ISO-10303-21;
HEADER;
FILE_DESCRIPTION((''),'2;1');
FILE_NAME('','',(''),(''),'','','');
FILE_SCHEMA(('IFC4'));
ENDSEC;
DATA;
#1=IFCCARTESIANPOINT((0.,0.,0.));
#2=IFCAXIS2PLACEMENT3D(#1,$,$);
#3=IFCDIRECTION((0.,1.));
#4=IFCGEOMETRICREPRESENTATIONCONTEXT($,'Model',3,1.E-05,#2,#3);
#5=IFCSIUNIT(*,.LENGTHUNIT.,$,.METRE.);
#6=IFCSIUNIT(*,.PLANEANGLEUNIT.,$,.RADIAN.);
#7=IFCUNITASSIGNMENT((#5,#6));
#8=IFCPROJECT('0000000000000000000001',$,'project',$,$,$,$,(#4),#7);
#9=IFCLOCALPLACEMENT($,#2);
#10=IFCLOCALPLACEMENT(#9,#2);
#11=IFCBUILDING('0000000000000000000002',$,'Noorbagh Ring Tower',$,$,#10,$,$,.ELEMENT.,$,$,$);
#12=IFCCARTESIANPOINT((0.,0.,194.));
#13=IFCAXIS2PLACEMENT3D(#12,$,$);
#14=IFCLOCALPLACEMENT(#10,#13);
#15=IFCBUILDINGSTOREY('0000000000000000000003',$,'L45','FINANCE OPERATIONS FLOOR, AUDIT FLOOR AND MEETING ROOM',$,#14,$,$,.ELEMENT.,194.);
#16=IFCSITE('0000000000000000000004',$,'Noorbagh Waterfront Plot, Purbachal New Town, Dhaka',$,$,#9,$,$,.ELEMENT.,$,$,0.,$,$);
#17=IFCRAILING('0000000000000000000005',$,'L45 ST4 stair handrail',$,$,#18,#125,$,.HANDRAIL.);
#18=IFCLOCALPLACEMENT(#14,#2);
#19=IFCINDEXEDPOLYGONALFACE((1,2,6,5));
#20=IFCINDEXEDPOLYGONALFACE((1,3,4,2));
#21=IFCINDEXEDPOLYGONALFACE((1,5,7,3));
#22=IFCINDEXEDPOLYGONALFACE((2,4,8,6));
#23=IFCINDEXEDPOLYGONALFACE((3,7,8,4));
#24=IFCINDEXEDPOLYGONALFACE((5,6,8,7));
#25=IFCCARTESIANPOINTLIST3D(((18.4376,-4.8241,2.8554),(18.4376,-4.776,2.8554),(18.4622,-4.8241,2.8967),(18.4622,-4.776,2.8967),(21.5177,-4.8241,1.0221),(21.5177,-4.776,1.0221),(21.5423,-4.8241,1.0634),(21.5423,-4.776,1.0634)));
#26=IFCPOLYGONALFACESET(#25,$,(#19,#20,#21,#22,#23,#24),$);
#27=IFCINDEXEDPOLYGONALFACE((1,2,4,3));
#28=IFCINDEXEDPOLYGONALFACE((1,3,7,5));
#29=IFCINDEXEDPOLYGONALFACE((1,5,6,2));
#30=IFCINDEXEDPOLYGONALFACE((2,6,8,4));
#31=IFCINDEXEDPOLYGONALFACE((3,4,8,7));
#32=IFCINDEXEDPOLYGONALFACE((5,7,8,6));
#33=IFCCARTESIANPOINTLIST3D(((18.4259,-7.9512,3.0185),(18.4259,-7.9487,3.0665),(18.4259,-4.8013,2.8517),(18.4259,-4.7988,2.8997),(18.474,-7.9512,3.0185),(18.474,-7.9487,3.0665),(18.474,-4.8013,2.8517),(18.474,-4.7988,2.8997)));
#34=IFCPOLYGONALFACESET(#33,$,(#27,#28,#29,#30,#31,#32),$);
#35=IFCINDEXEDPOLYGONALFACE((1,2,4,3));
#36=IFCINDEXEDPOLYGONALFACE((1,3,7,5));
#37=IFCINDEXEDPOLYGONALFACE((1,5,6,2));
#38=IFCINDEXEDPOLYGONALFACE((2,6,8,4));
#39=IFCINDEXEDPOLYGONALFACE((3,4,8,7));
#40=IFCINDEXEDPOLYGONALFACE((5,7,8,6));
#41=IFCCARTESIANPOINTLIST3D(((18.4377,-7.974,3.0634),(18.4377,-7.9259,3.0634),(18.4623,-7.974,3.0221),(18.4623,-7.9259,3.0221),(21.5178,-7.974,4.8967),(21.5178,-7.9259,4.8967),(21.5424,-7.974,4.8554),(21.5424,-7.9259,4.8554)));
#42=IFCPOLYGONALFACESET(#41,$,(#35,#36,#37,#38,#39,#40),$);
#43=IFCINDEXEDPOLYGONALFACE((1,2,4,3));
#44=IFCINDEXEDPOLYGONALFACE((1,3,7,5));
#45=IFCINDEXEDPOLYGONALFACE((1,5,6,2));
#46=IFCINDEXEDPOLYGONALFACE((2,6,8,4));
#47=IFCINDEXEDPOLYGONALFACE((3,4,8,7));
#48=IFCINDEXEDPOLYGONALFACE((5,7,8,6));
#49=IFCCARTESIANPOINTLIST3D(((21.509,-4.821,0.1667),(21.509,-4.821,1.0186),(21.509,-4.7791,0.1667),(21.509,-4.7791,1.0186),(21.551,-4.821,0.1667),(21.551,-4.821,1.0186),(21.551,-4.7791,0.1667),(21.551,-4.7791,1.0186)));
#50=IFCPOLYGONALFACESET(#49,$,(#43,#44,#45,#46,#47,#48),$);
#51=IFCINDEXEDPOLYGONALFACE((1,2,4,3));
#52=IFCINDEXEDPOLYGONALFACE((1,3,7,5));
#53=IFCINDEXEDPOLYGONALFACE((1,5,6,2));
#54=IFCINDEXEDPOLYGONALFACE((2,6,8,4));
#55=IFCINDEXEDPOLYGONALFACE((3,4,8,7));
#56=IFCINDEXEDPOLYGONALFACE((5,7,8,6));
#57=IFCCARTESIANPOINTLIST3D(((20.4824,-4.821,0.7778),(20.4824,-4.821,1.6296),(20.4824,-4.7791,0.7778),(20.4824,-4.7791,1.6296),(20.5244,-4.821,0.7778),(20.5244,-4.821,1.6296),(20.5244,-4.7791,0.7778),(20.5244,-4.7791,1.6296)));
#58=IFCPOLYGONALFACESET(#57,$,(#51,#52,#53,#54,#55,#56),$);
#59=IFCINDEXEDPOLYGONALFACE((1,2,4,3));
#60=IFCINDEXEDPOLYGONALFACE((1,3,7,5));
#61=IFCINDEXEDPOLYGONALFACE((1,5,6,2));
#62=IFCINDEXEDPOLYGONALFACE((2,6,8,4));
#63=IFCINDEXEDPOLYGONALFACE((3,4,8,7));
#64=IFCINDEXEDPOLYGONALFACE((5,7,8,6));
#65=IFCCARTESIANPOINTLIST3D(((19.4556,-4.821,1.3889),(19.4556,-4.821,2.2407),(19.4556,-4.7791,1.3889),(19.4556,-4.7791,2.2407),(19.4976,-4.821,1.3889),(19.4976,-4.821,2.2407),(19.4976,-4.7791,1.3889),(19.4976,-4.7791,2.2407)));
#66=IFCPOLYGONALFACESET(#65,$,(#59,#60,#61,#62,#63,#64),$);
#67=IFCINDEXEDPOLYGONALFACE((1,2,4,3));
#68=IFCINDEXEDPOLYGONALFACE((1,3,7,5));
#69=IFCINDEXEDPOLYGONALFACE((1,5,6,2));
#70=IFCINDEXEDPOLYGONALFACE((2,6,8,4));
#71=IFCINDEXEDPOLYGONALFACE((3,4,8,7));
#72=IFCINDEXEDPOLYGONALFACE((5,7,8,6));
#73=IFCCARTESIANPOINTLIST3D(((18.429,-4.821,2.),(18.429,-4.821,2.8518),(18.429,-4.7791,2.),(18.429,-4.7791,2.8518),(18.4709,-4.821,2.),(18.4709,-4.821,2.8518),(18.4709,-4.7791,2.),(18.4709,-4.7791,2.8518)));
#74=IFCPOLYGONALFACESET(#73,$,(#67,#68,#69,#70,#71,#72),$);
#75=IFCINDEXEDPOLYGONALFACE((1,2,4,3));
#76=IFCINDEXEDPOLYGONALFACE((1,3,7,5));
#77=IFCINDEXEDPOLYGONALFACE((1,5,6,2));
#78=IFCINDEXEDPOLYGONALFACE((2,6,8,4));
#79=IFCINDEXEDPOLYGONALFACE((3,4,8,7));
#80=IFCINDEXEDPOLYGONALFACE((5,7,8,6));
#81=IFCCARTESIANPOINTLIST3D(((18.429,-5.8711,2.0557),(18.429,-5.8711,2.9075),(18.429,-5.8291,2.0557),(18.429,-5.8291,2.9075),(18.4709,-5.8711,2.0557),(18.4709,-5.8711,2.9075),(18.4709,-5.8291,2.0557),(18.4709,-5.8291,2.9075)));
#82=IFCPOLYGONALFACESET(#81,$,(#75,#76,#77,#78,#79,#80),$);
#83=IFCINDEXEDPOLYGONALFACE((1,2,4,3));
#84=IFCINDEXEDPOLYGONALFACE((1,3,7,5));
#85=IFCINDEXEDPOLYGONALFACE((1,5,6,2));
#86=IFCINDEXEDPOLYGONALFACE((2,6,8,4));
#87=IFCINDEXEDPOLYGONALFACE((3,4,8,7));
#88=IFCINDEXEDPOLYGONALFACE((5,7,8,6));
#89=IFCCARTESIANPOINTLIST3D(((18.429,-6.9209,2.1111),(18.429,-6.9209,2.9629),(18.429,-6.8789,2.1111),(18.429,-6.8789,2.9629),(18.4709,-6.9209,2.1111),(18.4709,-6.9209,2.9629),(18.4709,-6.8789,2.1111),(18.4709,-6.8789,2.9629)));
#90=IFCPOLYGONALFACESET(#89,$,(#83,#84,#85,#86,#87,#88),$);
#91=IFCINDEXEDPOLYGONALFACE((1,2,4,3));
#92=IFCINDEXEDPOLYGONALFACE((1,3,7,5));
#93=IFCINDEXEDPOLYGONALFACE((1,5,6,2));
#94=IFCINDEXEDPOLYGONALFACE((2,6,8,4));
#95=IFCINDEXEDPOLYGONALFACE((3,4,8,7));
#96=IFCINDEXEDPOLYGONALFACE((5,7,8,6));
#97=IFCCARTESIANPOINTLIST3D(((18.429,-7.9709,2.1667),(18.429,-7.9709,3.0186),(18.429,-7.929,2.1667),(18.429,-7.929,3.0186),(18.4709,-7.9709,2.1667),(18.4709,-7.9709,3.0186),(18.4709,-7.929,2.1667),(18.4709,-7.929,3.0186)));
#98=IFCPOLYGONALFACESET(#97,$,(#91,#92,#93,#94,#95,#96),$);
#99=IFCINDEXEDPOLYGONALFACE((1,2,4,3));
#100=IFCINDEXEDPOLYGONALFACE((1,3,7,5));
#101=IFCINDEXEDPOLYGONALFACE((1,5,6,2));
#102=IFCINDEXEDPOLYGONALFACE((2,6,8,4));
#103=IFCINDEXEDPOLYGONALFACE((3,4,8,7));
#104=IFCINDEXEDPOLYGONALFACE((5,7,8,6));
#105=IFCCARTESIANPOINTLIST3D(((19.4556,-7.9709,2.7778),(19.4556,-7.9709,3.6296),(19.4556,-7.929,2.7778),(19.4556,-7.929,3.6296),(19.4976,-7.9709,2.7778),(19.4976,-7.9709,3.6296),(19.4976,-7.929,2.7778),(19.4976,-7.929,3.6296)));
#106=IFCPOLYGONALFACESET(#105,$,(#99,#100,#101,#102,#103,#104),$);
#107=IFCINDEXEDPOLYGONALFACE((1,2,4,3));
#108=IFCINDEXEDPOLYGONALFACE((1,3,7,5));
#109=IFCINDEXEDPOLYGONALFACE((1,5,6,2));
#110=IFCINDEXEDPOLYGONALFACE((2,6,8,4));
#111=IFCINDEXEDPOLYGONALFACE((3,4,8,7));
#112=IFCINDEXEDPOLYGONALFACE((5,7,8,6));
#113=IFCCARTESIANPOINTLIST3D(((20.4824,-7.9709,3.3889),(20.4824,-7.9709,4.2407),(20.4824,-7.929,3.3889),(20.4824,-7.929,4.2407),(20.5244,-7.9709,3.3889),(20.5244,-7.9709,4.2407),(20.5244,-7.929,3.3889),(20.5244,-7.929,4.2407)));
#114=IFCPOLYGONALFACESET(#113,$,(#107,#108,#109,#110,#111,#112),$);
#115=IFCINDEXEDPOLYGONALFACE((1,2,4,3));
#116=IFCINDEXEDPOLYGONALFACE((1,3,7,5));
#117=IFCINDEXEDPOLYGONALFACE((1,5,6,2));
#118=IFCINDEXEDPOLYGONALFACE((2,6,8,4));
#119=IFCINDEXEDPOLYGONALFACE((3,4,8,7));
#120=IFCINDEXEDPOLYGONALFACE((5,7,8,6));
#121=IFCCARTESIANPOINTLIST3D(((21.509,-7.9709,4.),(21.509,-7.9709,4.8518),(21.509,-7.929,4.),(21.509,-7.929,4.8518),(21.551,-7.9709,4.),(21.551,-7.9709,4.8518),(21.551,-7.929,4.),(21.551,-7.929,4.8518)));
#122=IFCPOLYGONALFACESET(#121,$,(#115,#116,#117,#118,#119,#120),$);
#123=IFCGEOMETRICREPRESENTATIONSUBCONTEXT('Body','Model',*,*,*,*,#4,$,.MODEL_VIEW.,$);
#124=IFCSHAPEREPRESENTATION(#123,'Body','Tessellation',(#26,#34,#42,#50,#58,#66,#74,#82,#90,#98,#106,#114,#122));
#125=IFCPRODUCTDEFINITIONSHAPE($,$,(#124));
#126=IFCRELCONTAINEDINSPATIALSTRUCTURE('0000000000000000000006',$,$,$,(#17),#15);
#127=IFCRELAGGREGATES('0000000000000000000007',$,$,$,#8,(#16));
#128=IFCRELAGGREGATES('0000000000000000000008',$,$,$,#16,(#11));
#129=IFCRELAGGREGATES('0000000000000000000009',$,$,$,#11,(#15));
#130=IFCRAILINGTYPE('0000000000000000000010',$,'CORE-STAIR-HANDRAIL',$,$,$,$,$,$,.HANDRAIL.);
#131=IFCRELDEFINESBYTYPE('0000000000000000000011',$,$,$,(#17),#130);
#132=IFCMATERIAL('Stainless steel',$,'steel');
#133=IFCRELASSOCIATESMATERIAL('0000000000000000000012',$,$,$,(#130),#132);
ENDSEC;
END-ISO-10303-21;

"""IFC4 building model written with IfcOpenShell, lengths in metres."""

from ifc_helpers import new_model, si_unit, direction, frame, origin, origin_2d, place, context, subcontext, project, spatial, rectangle, extrude, material, type_object, element, save


model = new_model("IFC4")

# Units and contexts
model_context = context("Model", 3, precision=1e-05, world=origin(), true_north=direction((0.0, 1.0)))
body_context = subcontext(model_context, "Body", "Model", "MODEL_VIEW")
ifc_project = project(units=[si_unit("LENGTHUNIT", "METRE"), si_unit("PLANEANGLEUNIT", "RADIAN")], contexts=[model_context])

# Site, building, storey
site_placement = place(None, origin())
site = spatial("IfcSite", under=ifc_project, at=site_placement, Name="Noorbagh Waterfront Plot, Purbachal New Town, Dhaka", CompositionType="ELEMENT", RefElevation=0.0)
building_placement = place(site_placement, origin())
building = spatial("IfcBuilding", under=site, at=building_placement, Name="Noorbagh Ring Tower", CompositionType="ELEMENT")
storey_placement = place(building_placement, frame((0.0, 0.0, 194.0)))
storey = spatial("IfcBuildingStorey", under=building, at=storey_placement, Name="L45", Description="FINANCE OPERATIONS FLOOR, AUDIT FLOOR AND MEETING ROOM", CompositionType="ELEMENT", Elevation=194.0)

# Railing
ifc_material_1 = material(Name="Stainless steel", Category="steel")
railing_type_1 = type_object("IfcRailingType", Name="CORE-STAIR-HANDRAIL", PredefinedType="HANDRAIL", material=ifc_material_1)
railing_1_placement = place(storey_placement, frame((21.53, -4.8, 0.1667)))
element("IfcRailing", 1, at=railing_1_placement, inside=storey, type_object=railing_type_1, Name="L45 ST4 stair handrail", PredefinedType="HANDRAIL", context=body_context, shape_type="SweptSolid", body=[
    extrude(rectangle(XDim=0.0481, YDim=0.0481, at=origin_2d()), frame((0.0, 0.0, 0.876), z_axis=(-0.859309, 0.0, 0.511458), x_axis=(0.0, -1.0, 0.0)), (0.0, 0.0, 1.0), 3.5845),
    extrude(rectangle(XDim=0.0481, YDim=0.0481, at=origin_2d()), frame((-3.0801, 0.0, 2.709), z_axis=(0.0, -0.998602, 0.052864), x_axis=(1.0, 0.0, 0.0)), (0.0, 0.0, 1.0), 3.1543),
    extrude(rectangle(XDim=0.0481, YDim=0.0481, at=origin_2d()), frame((-3.0801, -3.1499, 2.876), z_axis=(0.859309, 0.0, 0.511458), x_axis=(0.0, 1.0, 0.0)), (0.0, 0.0, 1.0), 3.5845),
    extrude(rectangle(XDim=0.042, YDim=0.042, at=origin_2d()), origin(), (0.0, 0.0, 1.0), 0.8518),
    extrude(rectangle(XDim=0.042, YDim=0.042, at=origin_2d()), frame((-1.0266, 0.0, 0.6111)), (0.0, 0.0, 1.0), 0.8518),
    extrude(rectangle(XDim=0.042, YDim=0.042, at=origin_2d()), frame((-2.0535, 0.0, 1.2222)), (0.0, 0.0, 1.0), 0.8518),
    extrude(rectangle(XDim=0.042, YDim=0.042, at=origin_2d()), frame((-3.0801, 0.0, 1.8333)), (0.0, 0.0, 1.0), 0.8518),
    extrude(rectangle(XDim=0.042, YDim=0.042, at=origin_2d()), frame((-3.0801, -1.05, 1.8889)), (0.0, 0.0, 1.0), 0.8518),
    extrude(rectangle(XDim=0.042, YDim=0.042, at=origin_2d()), frame((-3.0801, -2.0999, 1.9443)), (0.0, 0.0, 1.0), 0.8518),
    extrude(rectangle(XDim=0.042, YDim=0.042, at=origin_2d()), frame((-3.0801, -3.1499, 2.0)), (0.0, 0.0, 1.0), 0.8518),
    extrude(rectangle(XDim=0.042, YDim=0.042, at=origin_2d()), frame((-2.0535, -3.1499, 2.6111)), (0.0, 0.0, 1.0), 0.8518),
    extrude(rectangle(XDim=0.042, YDim=0.042, at=origin_2d()), frame((-1.0266, -3.1499, 3.2222)), (0.0, 0.0, 1.0), 0.8518),
    extrude(rectangle(XDim=0.042, YDim=0.042, at=origin_2d()), frame((0.0, -3.1499, 3.8333)), (0.0, 0.0, 1.0), 0.8518),
])

save(model, "model.ifc")
